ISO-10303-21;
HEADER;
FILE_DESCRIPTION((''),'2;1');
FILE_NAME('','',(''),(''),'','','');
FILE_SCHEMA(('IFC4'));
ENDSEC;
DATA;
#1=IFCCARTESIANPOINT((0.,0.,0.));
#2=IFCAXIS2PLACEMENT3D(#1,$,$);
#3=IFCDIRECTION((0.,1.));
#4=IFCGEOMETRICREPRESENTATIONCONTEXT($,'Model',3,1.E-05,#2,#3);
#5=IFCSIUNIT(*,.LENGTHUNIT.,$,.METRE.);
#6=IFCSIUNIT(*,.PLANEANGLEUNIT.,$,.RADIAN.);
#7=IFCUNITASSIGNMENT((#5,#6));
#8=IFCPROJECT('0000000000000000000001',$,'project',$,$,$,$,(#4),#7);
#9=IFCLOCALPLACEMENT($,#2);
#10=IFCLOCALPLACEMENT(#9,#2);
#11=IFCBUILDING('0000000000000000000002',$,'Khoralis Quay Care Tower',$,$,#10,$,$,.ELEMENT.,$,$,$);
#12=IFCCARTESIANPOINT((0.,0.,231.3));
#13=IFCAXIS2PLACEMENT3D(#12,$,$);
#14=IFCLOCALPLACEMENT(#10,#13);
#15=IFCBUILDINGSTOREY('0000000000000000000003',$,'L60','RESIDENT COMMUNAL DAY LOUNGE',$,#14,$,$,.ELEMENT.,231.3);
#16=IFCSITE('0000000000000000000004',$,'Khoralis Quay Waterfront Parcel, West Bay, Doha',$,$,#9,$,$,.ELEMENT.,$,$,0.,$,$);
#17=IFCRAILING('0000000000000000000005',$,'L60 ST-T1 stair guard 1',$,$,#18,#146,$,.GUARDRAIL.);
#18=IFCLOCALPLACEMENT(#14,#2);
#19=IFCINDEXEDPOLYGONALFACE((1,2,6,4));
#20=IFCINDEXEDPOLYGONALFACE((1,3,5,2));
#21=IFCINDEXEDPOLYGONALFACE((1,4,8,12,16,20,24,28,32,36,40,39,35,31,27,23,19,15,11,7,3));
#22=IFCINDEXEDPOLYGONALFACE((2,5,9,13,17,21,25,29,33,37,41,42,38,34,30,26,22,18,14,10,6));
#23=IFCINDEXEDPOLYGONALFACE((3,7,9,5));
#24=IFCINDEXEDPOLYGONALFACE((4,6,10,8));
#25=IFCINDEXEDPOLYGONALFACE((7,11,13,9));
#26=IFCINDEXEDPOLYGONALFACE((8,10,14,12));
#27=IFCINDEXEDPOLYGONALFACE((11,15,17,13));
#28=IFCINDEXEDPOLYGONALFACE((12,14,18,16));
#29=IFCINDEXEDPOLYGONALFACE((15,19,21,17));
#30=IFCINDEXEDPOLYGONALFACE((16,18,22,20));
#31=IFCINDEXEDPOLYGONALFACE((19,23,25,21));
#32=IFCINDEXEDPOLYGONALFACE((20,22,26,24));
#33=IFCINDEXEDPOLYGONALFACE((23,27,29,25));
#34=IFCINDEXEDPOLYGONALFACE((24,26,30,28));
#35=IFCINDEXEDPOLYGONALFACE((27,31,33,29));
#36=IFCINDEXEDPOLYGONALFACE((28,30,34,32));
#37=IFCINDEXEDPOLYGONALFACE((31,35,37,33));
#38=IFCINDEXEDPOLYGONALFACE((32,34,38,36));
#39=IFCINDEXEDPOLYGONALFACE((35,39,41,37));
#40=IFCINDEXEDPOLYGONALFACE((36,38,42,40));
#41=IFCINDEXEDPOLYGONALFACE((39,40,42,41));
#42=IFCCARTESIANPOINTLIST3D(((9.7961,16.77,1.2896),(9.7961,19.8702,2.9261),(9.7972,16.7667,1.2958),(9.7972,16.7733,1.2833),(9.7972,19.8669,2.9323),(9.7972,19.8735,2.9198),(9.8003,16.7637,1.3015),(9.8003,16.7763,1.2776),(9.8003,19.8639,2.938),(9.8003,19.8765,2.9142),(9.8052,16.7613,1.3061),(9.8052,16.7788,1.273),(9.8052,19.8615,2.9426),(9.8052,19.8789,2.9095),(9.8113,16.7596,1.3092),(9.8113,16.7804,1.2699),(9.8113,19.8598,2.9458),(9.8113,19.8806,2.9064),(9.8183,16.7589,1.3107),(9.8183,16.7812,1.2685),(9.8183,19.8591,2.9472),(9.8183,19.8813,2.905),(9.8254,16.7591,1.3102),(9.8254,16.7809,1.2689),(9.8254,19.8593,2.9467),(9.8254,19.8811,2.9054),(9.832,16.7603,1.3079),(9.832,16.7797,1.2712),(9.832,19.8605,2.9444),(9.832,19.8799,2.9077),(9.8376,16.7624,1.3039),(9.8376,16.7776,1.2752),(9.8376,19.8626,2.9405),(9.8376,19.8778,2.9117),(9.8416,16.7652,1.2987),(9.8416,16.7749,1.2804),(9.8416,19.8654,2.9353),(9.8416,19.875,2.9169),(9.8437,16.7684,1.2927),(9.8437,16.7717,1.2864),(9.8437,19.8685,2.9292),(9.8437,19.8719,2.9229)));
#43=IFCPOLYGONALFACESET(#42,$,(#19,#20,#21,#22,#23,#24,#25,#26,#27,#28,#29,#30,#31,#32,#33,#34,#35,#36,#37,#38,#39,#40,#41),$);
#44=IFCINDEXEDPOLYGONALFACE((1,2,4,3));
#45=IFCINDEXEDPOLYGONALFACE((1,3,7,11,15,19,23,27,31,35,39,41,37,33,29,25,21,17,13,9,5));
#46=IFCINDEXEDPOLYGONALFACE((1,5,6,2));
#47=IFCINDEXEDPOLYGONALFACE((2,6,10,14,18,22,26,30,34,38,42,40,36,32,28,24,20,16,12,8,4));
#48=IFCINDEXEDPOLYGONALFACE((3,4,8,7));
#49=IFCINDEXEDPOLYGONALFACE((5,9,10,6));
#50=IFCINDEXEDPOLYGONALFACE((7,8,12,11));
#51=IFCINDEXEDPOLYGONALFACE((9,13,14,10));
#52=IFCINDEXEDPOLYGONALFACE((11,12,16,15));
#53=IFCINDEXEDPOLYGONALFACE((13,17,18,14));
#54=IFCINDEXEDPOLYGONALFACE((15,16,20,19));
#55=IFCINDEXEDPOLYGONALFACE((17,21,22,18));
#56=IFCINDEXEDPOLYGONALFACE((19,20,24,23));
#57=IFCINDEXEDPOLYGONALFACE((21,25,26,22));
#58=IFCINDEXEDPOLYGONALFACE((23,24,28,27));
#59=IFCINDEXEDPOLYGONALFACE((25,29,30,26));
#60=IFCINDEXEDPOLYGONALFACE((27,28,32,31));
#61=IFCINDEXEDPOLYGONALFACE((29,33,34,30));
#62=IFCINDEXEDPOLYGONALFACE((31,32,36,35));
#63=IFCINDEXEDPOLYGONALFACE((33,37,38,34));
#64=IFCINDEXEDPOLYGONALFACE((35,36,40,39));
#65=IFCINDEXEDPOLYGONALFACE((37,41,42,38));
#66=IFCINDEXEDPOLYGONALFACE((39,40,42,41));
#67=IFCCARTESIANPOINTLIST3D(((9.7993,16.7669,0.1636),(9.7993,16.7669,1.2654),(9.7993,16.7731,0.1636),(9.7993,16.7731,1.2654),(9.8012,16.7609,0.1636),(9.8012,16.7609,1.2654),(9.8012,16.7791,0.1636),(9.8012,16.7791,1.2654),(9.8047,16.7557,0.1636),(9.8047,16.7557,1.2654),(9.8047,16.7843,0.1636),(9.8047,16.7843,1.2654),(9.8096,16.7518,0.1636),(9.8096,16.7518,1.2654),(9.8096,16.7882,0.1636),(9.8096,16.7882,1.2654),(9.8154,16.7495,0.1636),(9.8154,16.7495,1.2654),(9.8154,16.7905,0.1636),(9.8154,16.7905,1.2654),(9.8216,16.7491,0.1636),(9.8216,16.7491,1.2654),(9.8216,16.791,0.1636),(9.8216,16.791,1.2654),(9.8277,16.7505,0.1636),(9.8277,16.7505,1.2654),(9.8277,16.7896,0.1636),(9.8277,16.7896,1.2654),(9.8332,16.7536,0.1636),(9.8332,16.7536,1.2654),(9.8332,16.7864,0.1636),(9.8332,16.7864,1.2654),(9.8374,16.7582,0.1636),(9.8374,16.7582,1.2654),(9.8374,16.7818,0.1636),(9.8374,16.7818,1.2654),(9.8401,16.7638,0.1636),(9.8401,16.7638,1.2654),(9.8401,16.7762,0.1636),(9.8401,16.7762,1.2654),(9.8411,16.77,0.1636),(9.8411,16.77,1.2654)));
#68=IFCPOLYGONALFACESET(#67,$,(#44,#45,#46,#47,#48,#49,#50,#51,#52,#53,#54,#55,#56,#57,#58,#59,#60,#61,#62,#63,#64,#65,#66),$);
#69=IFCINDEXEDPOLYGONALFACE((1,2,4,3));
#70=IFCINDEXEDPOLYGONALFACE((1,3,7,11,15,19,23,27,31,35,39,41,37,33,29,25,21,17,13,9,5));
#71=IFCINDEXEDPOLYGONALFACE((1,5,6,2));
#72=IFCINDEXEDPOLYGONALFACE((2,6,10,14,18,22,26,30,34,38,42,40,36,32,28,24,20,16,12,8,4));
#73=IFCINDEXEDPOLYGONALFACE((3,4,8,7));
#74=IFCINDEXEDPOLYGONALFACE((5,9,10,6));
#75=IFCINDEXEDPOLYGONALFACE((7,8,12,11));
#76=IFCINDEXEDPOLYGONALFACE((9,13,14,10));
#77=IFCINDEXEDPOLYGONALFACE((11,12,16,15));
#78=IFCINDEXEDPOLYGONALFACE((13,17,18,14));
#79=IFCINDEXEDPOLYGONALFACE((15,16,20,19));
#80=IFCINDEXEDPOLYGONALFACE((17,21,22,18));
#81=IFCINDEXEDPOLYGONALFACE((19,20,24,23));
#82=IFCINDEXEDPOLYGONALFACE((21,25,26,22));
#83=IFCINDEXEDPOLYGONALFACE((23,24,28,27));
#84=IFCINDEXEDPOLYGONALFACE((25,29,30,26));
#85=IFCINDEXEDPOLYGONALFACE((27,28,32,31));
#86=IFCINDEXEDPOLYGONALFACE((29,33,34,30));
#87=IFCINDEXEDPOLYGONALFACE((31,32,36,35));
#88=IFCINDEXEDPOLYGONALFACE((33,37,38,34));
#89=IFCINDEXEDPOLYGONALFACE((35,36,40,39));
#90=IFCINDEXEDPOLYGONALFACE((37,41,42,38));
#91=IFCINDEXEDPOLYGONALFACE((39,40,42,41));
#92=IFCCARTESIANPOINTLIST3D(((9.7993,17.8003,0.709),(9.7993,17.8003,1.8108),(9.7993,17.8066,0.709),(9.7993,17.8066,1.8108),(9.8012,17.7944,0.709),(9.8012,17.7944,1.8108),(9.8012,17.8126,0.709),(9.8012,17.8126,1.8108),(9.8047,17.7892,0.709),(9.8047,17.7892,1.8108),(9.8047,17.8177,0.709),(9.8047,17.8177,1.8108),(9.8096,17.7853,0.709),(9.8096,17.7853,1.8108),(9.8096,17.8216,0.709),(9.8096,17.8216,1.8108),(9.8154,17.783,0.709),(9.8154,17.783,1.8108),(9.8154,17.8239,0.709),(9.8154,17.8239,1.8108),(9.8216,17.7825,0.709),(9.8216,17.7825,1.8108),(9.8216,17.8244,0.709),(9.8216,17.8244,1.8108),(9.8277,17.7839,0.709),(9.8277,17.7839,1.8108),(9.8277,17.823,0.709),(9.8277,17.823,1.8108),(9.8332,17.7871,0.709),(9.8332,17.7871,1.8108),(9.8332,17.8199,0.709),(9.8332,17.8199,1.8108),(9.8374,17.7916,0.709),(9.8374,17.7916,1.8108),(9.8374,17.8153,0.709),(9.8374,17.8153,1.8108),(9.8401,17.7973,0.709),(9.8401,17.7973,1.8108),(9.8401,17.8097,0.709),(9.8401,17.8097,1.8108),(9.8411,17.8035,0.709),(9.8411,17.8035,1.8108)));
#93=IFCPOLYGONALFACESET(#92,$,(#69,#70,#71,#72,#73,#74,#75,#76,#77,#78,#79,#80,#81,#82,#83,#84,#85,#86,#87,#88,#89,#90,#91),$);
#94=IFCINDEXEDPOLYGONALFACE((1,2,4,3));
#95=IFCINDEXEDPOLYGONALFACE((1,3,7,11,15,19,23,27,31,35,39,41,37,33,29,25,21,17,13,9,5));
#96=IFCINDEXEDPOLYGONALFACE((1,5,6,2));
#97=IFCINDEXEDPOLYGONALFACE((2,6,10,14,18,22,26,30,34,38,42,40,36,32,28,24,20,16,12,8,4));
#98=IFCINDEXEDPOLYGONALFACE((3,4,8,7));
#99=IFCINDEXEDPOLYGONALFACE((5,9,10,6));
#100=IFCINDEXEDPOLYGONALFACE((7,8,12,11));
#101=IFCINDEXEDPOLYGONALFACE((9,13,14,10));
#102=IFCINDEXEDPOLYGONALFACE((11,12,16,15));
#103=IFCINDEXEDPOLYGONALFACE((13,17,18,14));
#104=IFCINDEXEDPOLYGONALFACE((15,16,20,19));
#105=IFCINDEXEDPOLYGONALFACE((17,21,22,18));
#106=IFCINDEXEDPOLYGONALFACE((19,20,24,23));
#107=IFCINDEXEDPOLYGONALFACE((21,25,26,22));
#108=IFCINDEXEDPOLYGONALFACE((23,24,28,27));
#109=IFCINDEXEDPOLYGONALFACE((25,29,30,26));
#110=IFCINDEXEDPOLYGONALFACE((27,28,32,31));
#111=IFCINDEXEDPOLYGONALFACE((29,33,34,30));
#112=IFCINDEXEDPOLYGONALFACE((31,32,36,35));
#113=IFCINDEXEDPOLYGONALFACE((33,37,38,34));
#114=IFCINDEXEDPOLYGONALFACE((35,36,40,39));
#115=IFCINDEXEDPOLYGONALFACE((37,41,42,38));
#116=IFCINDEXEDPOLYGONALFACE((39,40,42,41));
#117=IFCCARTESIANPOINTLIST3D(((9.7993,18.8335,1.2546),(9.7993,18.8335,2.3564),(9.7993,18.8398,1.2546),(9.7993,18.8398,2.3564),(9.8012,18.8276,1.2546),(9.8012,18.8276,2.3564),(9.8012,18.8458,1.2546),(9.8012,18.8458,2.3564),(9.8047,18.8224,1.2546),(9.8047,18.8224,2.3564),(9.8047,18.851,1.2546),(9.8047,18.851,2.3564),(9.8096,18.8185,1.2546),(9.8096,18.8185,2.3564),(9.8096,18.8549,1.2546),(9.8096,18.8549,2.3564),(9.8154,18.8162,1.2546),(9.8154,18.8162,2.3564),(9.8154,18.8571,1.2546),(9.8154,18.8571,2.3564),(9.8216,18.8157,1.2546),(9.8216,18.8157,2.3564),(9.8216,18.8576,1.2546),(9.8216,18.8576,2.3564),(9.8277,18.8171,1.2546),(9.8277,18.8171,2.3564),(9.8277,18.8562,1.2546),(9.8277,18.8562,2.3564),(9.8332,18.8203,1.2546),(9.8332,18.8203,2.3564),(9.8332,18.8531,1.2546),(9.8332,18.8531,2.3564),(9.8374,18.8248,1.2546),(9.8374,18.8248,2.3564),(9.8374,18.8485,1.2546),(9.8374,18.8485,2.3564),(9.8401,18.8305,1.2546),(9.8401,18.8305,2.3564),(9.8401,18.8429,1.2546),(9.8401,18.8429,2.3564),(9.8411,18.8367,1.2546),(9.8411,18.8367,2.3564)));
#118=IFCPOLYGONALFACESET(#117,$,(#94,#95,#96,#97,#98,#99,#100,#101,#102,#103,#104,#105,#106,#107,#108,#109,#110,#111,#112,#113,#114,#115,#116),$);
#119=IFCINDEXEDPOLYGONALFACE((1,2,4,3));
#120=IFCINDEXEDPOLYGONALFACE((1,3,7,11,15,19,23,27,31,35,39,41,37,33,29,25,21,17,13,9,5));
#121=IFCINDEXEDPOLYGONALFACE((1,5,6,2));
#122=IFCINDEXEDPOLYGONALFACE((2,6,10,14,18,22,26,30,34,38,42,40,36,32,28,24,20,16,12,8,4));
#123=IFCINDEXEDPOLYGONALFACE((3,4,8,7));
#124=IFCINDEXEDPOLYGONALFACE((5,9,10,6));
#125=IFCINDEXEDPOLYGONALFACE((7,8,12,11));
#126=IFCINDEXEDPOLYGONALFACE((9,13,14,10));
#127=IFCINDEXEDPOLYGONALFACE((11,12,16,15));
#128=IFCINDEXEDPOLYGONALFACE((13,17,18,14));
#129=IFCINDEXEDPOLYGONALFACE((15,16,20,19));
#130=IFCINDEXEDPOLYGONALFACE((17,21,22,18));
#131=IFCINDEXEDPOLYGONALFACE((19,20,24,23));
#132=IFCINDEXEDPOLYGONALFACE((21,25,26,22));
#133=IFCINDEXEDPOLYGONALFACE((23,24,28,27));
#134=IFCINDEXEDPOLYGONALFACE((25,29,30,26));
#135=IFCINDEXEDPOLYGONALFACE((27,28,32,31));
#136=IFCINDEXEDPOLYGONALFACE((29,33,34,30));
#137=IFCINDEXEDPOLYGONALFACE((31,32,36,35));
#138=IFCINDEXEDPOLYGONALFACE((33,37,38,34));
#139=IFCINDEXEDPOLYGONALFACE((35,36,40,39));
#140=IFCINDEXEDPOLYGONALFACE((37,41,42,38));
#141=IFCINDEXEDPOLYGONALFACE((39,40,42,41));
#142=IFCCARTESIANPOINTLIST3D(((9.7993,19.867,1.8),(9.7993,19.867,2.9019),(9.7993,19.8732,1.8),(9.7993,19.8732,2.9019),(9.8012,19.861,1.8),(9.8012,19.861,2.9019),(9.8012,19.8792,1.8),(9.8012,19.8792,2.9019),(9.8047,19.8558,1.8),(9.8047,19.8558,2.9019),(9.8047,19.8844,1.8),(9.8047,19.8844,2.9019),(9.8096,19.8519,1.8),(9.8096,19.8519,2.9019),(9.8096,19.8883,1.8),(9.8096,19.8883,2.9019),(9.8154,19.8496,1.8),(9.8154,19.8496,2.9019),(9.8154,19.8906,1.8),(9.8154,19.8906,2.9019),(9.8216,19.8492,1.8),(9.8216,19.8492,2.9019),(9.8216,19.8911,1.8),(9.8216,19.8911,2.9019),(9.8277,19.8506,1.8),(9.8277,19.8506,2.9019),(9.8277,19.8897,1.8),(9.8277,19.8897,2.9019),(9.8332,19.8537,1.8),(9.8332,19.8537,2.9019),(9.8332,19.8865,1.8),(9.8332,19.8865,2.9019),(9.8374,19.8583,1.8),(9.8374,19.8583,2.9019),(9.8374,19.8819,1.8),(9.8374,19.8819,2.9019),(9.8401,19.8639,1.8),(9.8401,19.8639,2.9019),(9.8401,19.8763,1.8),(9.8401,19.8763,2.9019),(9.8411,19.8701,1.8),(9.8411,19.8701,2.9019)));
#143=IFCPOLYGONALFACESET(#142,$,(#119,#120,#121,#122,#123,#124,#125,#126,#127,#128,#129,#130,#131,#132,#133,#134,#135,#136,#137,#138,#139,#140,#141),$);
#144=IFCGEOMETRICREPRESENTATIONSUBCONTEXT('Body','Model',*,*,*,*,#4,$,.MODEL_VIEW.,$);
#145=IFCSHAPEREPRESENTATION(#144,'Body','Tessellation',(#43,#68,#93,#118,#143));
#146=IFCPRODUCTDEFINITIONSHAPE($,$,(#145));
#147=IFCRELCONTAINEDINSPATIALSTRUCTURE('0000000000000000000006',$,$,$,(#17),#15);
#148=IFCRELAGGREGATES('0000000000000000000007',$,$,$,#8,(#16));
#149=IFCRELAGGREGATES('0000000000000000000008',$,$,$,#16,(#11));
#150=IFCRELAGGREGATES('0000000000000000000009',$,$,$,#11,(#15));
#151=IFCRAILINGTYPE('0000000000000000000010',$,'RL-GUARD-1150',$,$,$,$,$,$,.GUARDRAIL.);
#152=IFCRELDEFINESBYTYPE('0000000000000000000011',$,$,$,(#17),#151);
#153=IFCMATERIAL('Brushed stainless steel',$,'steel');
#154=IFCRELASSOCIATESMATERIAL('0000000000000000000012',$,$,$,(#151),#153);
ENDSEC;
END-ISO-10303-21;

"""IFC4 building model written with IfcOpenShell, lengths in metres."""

from ifc_helpers import new_model, si_unit, direction, frame, origin, origin_2d, place, context, subcontext, project, spatial, circle, extrude, material, type_object, element, save


model = new_model("IFC4")

# Units and contexts
model_context = context("Model", 3, precision=1e-05, world=origin(), true_north=direction((0.0, 1.0)))
body_context = subcontext(model_context, "Body", "Model", "MODEL_VIEW")
ifc_project = project(units=[si_unit("LENGTHUNIT", "METRE"), si_unit("PLANEANGLEUNIT", "RADIAN")], contexts=[model_context])

# Site, building, storey
site_placement = place(None, origin())
site = spatial("IfcSite", under=ifc_project, at=site_placement, Name="Khoralis Quay Waterfront Parcel, West Bay, Doha", CompositionType="ELEMENT", RefElevation=0.0)
building_placement = place(site_placement, origin())
building = spatial("IfcBuilding", under=site, at=building_placement, Name="Khoralis Quay Care Tower", CompositionType="ELEMENT")
storey_placement = place(building_placement, frame((0.0, 0.0, 231.3)))
storey = spatial("IfcBuildingStorey", under=building, at=storey_placement, Name="L60", Description="RESIDENT COMMUNAL DAY LOUNGE", CompositionType="ELEMENT", Elevation=231.3)

# Shared definitions
ifc_material_1 = material(Name="Brushed stainless steel", Category="steel")

# Railing
railing_type = type_object("IfcRailingType", Name="RL-GUARD-1150", PredefinedType="GUARDRAIL", material=ifc_material_1)
railing_1_placement = place(storey_placement, frame((9.8201, 16.77, 0.1636)))
element("IfcRailing", 1, at=railing_1_placement, inside=storey, type_object=railing_type, Name="L60 ST-T1 stair guard 1", PredefinedType="GUARDRAIL", context=body_context, shape_type="SweptSolid", body=[
    extrude(circle(Radius=0.0239, at=origin_2d()), frame((0.0, 0.0, 1.126), z_axis=(0.0, 0.884348, 0.466828), x_axis=(-1.0, 0.0, 0.0)), (0.0, 0.0, 1.0), 3.5056),
    extrude(circle(Radius=0.021, at=origin_2d()), origin(), (0.0, 0.0, 1.0), 1.1018),
    extrude(circle(Radius=0.021, at=origin_2d()), frame((0.0, 1.0334, 0.5454)), (0.0, 0.0, 1.0), 1.1018),
    extrude(circle(Radius=0.021, at=origin_2d()), frame((0.0, 2.0667, 1.0911)), (0.0, 0.0, 1.0), 1.1018),
    extrude(circle(Radius=0.021, at=origin_2d()), frame((0.0, 3.1001, 1.6365)), (0.0, 0.0, 1.0), 1.1018),
])

save(model, "model.ifc")
